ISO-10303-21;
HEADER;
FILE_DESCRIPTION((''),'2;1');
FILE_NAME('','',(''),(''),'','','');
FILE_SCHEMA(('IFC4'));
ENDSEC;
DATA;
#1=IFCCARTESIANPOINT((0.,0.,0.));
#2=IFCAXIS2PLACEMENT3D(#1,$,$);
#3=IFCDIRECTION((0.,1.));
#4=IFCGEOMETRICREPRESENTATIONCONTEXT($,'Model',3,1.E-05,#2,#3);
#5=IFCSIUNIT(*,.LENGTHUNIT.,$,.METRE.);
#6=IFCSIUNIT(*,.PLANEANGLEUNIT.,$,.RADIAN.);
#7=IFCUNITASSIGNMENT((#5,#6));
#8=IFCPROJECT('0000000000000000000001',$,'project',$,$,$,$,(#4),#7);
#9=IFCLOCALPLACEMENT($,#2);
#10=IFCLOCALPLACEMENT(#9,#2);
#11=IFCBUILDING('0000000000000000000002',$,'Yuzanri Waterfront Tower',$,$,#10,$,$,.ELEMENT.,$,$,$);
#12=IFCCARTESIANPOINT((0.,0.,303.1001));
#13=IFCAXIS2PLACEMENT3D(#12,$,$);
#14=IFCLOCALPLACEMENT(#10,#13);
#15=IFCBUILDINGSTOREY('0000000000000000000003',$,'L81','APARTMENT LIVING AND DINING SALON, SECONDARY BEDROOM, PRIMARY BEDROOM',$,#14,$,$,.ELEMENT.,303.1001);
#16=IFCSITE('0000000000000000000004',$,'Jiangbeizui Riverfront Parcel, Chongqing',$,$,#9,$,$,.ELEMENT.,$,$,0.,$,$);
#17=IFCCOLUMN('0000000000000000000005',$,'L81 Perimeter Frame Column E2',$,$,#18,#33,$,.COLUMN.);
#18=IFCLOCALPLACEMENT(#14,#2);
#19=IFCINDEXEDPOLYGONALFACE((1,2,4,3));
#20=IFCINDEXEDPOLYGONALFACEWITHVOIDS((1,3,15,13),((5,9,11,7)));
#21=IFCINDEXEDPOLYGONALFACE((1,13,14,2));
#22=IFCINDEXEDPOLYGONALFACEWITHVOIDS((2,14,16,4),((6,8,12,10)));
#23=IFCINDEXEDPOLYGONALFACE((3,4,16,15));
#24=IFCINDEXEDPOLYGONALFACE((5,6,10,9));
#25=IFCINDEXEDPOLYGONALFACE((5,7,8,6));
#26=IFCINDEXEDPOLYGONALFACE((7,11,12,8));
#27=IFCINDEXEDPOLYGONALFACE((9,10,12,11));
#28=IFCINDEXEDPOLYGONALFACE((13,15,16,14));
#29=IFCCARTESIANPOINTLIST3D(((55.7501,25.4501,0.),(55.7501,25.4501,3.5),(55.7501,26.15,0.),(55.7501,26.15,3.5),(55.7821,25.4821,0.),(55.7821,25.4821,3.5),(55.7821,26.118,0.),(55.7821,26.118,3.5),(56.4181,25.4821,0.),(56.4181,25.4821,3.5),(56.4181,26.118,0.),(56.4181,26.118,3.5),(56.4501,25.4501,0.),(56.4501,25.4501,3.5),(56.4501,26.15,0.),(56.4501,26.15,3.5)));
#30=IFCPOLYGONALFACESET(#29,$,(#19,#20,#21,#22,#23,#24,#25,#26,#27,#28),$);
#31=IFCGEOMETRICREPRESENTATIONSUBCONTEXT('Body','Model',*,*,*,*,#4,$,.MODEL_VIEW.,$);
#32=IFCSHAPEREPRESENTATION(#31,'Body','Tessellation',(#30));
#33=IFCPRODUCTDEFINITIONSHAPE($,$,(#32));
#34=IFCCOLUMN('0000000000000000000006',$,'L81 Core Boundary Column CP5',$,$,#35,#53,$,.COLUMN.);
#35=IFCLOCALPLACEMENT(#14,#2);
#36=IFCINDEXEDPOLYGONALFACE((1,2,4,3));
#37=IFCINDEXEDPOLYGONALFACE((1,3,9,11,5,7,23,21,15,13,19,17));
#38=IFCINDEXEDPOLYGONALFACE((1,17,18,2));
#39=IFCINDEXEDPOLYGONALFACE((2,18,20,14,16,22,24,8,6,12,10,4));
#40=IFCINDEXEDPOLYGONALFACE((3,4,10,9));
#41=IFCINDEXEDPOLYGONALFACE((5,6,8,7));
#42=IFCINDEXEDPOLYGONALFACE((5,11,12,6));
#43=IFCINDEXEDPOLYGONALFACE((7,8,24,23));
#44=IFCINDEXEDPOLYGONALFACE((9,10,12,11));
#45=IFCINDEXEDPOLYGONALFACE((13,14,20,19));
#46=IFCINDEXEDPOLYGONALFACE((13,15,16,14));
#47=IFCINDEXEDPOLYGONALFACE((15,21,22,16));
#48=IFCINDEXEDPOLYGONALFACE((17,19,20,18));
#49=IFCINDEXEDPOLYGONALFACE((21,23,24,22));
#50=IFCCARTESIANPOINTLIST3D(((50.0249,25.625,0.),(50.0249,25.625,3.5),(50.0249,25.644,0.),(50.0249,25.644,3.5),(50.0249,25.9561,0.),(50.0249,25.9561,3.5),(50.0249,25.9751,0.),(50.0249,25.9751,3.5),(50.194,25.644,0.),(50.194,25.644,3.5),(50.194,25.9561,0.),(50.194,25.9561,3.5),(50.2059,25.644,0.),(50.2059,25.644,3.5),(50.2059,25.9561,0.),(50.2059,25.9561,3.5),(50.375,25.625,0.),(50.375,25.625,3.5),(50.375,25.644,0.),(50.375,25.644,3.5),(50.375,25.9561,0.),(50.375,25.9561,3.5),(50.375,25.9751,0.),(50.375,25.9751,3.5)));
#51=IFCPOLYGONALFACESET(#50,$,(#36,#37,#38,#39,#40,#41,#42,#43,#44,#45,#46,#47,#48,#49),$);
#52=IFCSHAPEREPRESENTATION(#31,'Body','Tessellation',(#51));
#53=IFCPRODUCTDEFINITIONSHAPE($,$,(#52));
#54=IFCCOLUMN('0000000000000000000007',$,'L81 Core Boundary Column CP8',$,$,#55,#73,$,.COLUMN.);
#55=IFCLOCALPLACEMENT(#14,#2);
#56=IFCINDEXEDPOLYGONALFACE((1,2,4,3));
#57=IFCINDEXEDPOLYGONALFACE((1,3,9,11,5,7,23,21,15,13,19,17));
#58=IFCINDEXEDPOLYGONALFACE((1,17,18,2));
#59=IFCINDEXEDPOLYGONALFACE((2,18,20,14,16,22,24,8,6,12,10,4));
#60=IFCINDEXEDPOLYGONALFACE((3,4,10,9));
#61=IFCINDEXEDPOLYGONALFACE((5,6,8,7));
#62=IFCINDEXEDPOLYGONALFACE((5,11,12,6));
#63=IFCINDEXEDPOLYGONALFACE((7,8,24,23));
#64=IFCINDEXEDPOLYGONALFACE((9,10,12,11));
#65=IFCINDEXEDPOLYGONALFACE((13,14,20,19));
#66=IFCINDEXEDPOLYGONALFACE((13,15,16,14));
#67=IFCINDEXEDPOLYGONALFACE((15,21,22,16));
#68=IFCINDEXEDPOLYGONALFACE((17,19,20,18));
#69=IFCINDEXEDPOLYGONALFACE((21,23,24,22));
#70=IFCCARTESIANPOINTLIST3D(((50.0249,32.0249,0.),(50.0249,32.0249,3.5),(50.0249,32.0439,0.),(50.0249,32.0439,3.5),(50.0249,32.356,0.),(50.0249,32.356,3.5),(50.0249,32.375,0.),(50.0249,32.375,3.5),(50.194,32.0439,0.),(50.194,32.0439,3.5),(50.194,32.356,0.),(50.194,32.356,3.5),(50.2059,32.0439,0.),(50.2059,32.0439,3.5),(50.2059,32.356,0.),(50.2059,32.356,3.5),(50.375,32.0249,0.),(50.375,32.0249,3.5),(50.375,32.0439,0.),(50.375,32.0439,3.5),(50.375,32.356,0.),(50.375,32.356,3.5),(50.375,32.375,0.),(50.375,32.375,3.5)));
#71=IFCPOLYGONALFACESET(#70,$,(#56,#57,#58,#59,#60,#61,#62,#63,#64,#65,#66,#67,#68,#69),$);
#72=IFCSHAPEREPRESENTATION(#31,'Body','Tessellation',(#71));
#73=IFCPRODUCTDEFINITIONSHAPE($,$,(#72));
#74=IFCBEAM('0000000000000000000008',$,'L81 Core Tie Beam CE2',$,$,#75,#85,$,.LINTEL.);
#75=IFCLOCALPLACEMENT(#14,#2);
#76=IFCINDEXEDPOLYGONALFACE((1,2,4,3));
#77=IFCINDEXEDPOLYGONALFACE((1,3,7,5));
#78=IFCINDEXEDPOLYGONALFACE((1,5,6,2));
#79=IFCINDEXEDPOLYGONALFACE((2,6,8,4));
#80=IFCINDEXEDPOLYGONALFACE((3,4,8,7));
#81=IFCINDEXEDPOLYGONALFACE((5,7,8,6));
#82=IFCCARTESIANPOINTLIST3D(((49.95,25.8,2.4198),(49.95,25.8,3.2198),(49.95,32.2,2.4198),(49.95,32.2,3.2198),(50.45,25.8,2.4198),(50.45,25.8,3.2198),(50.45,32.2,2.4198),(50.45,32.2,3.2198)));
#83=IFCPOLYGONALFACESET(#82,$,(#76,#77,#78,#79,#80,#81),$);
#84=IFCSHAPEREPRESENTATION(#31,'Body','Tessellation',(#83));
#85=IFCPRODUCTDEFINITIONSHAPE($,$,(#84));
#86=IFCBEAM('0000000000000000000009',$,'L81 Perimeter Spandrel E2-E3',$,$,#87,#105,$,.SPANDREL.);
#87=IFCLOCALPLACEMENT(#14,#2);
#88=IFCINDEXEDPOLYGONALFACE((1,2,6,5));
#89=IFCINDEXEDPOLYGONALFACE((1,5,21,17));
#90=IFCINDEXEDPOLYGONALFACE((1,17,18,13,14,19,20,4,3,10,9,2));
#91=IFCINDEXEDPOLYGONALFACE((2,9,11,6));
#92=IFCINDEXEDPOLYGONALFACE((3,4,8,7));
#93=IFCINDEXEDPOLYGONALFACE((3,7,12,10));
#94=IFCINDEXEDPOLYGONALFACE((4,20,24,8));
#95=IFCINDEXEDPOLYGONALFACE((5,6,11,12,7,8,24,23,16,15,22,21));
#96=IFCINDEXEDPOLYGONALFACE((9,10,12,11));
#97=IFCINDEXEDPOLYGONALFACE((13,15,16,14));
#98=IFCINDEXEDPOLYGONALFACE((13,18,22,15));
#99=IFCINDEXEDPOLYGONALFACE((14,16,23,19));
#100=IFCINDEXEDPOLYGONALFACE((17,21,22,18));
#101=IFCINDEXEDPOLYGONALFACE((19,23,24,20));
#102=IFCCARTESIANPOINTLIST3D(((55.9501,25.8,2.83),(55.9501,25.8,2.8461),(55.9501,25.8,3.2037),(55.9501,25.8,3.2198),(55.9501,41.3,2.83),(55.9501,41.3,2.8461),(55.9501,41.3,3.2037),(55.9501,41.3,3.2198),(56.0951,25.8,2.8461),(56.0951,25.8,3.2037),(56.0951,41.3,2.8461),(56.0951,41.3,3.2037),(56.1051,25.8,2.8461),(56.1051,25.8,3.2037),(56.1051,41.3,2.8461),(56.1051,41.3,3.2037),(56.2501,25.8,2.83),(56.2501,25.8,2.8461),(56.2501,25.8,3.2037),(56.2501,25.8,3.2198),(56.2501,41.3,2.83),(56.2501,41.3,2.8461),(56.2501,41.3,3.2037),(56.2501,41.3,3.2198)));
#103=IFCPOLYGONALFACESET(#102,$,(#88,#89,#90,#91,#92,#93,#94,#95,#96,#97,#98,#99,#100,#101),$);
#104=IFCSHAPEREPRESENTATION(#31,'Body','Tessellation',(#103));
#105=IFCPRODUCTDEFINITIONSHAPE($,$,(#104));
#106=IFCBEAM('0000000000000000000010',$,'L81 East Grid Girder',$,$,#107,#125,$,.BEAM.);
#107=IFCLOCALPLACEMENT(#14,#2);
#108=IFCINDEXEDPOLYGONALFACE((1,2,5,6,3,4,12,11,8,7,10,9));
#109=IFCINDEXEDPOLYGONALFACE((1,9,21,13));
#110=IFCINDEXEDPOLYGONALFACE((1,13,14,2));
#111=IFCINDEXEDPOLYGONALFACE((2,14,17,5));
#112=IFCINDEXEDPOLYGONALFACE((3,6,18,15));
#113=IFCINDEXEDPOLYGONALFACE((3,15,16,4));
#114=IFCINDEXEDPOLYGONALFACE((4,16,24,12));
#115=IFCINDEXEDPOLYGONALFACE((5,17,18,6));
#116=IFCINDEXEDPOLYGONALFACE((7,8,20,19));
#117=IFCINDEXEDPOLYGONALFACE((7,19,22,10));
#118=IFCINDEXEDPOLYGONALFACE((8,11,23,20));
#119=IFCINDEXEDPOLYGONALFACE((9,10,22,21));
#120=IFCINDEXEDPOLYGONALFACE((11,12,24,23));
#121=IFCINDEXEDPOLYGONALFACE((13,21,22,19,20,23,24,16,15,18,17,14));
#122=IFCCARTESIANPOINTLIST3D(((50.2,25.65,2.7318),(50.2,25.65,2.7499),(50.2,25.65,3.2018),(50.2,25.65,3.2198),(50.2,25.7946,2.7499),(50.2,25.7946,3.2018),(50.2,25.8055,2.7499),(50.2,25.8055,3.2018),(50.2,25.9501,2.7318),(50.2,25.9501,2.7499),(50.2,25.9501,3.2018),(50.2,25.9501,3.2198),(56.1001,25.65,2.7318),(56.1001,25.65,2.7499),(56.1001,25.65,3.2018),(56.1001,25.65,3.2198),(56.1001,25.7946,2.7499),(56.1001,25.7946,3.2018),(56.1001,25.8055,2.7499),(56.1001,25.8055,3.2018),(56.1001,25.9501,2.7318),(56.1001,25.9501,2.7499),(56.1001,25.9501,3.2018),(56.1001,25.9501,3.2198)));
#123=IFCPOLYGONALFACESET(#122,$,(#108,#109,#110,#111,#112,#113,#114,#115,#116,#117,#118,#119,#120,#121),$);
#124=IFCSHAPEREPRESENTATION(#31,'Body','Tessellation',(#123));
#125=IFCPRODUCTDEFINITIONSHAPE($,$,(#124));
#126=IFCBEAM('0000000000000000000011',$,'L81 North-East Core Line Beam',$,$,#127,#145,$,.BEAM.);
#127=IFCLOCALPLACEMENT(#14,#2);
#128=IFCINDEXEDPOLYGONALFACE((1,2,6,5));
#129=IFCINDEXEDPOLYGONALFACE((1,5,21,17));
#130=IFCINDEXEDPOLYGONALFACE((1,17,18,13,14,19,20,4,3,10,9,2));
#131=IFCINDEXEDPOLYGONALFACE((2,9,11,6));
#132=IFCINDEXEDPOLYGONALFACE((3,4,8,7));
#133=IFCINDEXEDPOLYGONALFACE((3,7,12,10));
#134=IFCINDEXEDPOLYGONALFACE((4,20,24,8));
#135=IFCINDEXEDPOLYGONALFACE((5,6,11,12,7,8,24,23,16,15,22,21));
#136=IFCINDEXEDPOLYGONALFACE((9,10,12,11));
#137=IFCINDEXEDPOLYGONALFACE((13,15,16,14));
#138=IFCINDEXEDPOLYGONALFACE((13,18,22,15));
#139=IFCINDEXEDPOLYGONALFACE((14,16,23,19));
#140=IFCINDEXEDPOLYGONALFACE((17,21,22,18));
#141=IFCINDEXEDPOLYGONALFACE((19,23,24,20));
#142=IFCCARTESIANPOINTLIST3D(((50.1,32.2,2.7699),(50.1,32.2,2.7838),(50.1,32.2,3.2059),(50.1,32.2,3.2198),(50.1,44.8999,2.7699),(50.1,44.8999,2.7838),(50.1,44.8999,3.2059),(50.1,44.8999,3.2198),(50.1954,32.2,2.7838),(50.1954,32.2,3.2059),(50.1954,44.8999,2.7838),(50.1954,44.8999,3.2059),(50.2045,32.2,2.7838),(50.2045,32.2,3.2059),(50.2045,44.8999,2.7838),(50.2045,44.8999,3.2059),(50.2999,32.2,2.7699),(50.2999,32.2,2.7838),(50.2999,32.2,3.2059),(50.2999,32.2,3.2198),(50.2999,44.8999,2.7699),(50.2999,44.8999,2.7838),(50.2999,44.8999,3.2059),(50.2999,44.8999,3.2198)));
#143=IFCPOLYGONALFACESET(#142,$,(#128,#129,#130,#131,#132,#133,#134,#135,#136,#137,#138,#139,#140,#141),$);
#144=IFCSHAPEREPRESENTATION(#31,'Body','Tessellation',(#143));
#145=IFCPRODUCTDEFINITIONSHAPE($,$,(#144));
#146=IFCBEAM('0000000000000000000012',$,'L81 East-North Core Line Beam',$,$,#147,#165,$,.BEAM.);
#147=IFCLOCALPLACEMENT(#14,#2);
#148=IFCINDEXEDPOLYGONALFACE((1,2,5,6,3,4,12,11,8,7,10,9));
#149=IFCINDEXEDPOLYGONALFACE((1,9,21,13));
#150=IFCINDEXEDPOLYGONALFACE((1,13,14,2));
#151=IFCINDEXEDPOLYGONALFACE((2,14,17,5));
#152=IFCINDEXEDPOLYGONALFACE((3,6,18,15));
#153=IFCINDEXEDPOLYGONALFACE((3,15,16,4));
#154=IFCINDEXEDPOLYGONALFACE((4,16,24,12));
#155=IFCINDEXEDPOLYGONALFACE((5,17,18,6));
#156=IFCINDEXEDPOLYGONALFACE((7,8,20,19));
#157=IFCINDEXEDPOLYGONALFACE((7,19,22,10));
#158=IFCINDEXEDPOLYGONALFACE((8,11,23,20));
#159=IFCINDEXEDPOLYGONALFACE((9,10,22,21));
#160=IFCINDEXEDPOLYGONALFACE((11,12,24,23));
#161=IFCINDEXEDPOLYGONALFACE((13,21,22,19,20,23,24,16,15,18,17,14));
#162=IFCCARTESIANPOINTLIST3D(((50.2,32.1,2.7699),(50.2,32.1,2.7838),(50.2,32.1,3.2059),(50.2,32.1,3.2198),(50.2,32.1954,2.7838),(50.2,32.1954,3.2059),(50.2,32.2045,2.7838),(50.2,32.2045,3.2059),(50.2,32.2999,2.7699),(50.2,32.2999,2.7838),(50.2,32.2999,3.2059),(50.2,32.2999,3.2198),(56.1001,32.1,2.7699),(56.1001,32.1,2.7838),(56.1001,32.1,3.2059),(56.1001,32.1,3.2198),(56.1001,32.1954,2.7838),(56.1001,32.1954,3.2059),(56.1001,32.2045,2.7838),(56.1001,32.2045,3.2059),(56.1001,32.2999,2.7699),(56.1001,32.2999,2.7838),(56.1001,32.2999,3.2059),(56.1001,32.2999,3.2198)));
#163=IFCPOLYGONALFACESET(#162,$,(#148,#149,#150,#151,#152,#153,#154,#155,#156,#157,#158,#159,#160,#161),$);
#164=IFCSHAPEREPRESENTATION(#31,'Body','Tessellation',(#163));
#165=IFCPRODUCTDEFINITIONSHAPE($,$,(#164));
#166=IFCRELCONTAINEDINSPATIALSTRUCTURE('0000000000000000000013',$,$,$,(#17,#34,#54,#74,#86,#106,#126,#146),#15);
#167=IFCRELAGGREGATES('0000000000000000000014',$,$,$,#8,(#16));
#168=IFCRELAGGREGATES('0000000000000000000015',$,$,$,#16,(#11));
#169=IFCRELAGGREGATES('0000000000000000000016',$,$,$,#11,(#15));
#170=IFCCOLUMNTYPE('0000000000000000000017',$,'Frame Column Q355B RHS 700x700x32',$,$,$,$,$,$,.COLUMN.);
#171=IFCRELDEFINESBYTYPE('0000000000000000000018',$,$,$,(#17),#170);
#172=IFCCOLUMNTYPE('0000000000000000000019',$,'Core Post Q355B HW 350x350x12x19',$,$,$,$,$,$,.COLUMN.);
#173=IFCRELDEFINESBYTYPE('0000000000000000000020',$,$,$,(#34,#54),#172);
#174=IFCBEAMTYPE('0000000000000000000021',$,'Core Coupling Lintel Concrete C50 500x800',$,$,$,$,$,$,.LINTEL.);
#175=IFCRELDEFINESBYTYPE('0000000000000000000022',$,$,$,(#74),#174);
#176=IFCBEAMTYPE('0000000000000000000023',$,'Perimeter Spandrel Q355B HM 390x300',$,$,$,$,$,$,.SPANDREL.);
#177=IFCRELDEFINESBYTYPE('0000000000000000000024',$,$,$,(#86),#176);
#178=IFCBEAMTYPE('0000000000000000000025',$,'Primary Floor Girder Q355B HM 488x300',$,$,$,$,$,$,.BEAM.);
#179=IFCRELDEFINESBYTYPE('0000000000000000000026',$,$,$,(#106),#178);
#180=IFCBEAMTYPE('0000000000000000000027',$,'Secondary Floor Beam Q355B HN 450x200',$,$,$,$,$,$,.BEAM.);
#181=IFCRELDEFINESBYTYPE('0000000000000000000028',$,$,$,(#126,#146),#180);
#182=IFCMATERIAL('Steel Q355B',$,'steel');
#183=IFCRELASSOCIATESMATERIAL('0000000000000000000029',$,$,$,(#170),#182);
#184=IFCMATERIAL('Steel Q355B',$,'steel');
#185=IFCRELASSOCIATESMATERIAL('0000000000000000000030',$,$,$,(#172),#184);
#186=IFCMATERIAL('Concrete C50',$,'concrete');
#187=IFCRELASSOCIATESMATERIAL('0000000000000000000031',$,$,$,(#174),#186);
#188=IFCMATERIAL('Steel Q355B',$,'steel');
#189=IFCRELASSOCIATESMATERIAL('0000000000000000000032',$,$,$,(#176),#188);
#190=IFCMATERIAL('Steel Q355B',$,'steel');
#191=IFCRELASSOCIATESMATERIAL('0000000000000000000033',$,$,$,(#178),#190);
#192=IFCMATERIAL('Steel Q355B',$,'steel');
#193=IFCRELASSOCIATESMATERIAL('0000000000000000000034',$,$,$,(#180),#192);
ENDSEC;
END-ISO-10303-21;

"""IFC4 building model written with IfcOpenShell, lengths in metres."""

from ifc_helpers import new_model, si_unit, direction, frame, origin, origin_2d, place, context, subcontext, project, spatial, rectangle, hollow_rectangle, i_section, extrude, source, transform, mapped, material, material_profile, profile_set, type_object, element, save


model = new_model("IFC4")

# Units and contexts
model_context = context("Model", 3, precision=1e-05, world=origin(), true_north=direction((0.0, 1.0)))
body_context = subcontext(model_context, "Body", "Model", "MODEL_VIEW")
ifc_project = project(units=[si_unit("LENGTHUNIT", "METRE"), si_unit("PLANEANGLEUNIT", "RADIAN")], contexts=[model_context])

# Site, building, storey
site_placement = place(None, origin())
site = spatial("IfcSite", under=ifc_project, at=site_placement, Name="Jiangbeizui Riverfront Parcel, Chongqing", CompositionType="ELEMENT", RefElevation=0.0)
building_placement = place(site_placement, origin())
building = spatial("IfcBuilding", under=site, at=building_placement, Name="Yuzanri Waterfront Tower", CompositionType="ELEMENT")
storey_placement = place(building_placement, frame((0.0, 0.0, 303.1001)))
storey = spatial("IfcBuildingStorey", under=building, at=storey_placement, Name="L81", Description="APARTMENT LIVING AND DINING SALON, SECONDARY BEDROOM, PRIMARY BEDROOM", CompositionType="ELEMENT", Elevation=303.1001)

# Columns
ifc_material_1 = material(Name="Steel Q355B", Category="steel")
ifc_material_profile_1 = material_profile(ifc_material_1, hollow_rectangle(XDim=0.7, YDim=0.7, WallThickness=0.032, at=origin_2d()), Name="RHS 700x700x32")
ifc_profile_set_1 = profile_set([ifc_material_profile_1], Name="Steel Q355B")
column_type_1 = type_object("IfcColumnType", Name="Frame Column Q355B RHS 700x700x32", PredefinedType="COLUMN", material=ifc_profile_set_1)
shared_shape_1 = source(origin(), body_context, "Body", "SweptSolid", [
    extrude(hollow_rectangle(XDim=0.7, YDim=0.7, WallThickness=0.032, at=origin_2d()), origin(), (0.0, 0.0, 1.0), 3.5),
])
column_placement = place(storey_placement, frame((56.1001, 25.8, 0.0), z_axis=(0.0, 0.0, 1.0), x_axis=(1.0, 0.0, 0.0)))
element("IfcColumn", 1, at=column_placement, inside=storey, type_object=column_type_1, Name="L81 Perimeter Frame Column E2", PredefinedType="COLUMN", context=body_context, shape_type="MappedRepresentation", body=[
    mapped(shared_shape_1, transform((0.0, 0.0, 0.0), scale=1.0)),
])
ifc_material_2 = material(Name="Steel Q355B", Category="steel")
ifc_material_profile_2 = material_profile(ifc_material_2, i_section(OverallWidth=0.3501, OverallDepth=0.3501, WebThickness=0.012, FlangeThickness=0.019, at=origin_2d()), Name="HW 350x350x12x19")
ifc_profile_set_2 = profile_set([ifc_material_profile_2], Name="Steel Q355B")
column_type_2 = type_object("IfcColumnType", Name="Core Post Q355B HW 350x350x12x19", PredefinedType="COLUMN", material=ifc_profile_set_2)
shared_shape_2 = source(origin(), body_context, "Body", "SweptSolid", [
    extrude(i_section(OverallWidth=0.3501, OverallDepth=0.3501, WebThickness=0.012, FlangeThickness=0.019, at=origin_2d()), origin(), (0.0, 0.0, 1.0), 3.5),
])
for number, where, z_axis, x_axis, name in (
    (2, (50.2, 25.8, 0.0), (0.0, 0.0, 1.0), (1.0, 0.0, 0.0), "L81 Core Boundary Column CP5"),
    (3, (50.2, 32.2, 0.0), (0.0, 0.0, 1.0), (1.0, 0.0, 0.0), "L81 Core Boundary Column CP8"),
):
    element("IfcColumn", number, at=place(storey_placement, frame(where, z_axis=z_axis, x_axis=x_axis)), inside=storey, type_object=column_type_2, Name=name, PredefinedType="COLUMN", context=body_context, shape_type="MappedRepresentation", body=[
        mapped(shared_shape_2, transform((0.0, 0.0, 0.0), scale=1.0)),
    ])

# Beams
ifc_material_3 = material(Name="Concrete C50", Category="concrete")
ifc_material_profile_3 = material_profile(ifc_material_3, rectangle(XDim=0.5, YDim=0.8, at=origin_2d()), Name="RC 500x800")
ifc_profile_set_3 = profile_set([ifc_material_profile_3], Name="Concrete C50")
beam_type_1 = type_object("IfcBeamType", Name="Core Coupling Lintel Concrete C50 500x800", PredefinedType="LINTEL", material=ifc_profile_set_3)
shared_shape_3 = source(origin(), body_context, "Body", "SweptSolid", [
    extrude(rectangle(XDim=0.5, YDim=0.8, at=origin_2d()), origin(), (0.0, 0.0, 1.0), 6.3999),
])
beam_1_placement = place(storey_placement, frame((50.2, 25.8, 2.8198), z_axis=(0.0, 1.0, 0.0), x_axis=(-1.0, 0.0, 0.0)))
element("IfcBeam", 4, at=beam_1_placement, inside=storey, type_object=beam_type_1, Name="L81 Core Tie Beam CE2", PredefinedType="LINTEL", context=body_context, shape_type="MappedRepresentation", body=[
    mapped(shared_shape_3, transform((0.0, 0.0, 0.0), scale=1.0)),
])
ifc_material_4 = material(Name="Steel Q355B", Category="steel")
ifc_material_profile_4 = material_profile(ifc_material_4, i_section(OverallWidth=0.3, OverallDepth=0.3899, WebThickness=0.01, FlangeThickness=0.0161, at=origin_2d()), Name="HM 390x300x10x16")
ifc_profile_set_4 = profile_set([ifc_material_profile_4], Name="Steel Q355B")
beam_type_2 = type_object("IfcBeamType", Name="Perimeter Spandrel Q355B HM 390x300", PredefinedType="SPANDREL", material=ifc_profile_set_4)
shared_shape_4 = source(origin(), body_context, "Body", "SweptSolid", [
    extrude(i_section(OverallWidth=0.3, OverallDepth=0.3899, WebThickness=0.01, FlangeThickness=0.0161, at=origin_2d()), origin(), (0.0, 0.0, 1.0), 15.5),
])
beam_2_placement = place(storey_placement, frame((56.1001, 25.8, 3.0249), z_axis=(0.0, 1.0, 0.0), x_axis=(-1.0, 0.0, 0.0)))
element("IfcBeam", 5, at=beam_2_placement, inside=storey, type_object=beam_type_2, Name="L81 Perimeter Spandrel E2-E3", PredefinedType="SPANDREL", context=body_context, shape_type="MappedRepresentation", body=[
    mapped(shared_shape_4, transform((0.0, 0.0, 0.0), scale=1.0)),
])
ifc_material_5 = material(Name="Steel Q355B", Category="steel")
ifc_material_profile_5 = material_profile(ifc_material_5, i_section(OverallWidth=0.3, OverallDepth=0.488, WebThickness=0.011, FlangeThickness=0.0181, at=origin_2d()), Name="HM 488x300x11x18")
ifc_profile_set_5 = profile_set([ifc_material_profile_5], Name="Steel Q355B")
beam_type_3 = type_object("IfcBeamType", Name="Primary Floor Girder Q355B HM 488x300", PredefinedType="BEAM", material=ifc_profile_set_5)
shared_shape_5 = source(origin(), body_context, "Body", "SweptSolid", [
    extrude(i_section(OverallWidth=0.3, OverallDepth=0.488, WebThickness=0.011, FlangeThickness=0.0181, at=origin_2d()), origin(), (0.0, 0.0, 1.0), 5.9001),
])
beam_3_placement = place(storey_placement, frame((50.2, 25.8, 2.9758), z_axis=(1.0, 0.0, 0.0), x_axis=(0.0, 1.0, 0.0)))
element("IfcBeam", 6, at=beam_3_placement, inside=storey, type_object=beam_type_3, Name="L81 East Grid Girder", PredefinedType="BEAM", context=body_context, shape_type="MappedRepresentation", body=[
    mapped(shared_shape_5, transform((0.0, 0.0, 0.0), scale=1.0)),
])
ifc_material_6 = material(Name="Steel Q355B", Category="steel")
ifc_material_profile_6 = material_profile(ifc_material_6, i_section(OverallWidth=0.2, OverallDepth=0.45, WebThickness=0.009, FlangeThickness=0.0139, at=origin_2d()), Name="HN 450x200x9x14")
ifc_profile_set_6 = profile_set([ifc_material_profile_6], Name="Steel Q355B")
beam_type_4 = type_object("IfcBeamType", Name="Secondary Floor Beam Q355B HN 450x200", PredefinedType="BEAM", material=ifc_profile_set_6)
shared_shape_6 = source(origin(), body_context, "Body", "SweptSolid", [
    extrude(i_section(OverallWidth=0.2, OverallDepth=0.45, WebThickness=0.009, FlangeThickness=0.0139, at=origin_2d()), origin(), (0.0, 0.0, 1.0), 12.7),
])
beam_4_placement = place(storey_placement, frame((50.2, 32.2, 2.9949), z_axis=(0.0, 1.0, 0.0), x_axis=(-1.0, 0.0, 0.0)))
element("IfcBeam", 7, at=beam_4_placement, inside=storey, type_object=beam_type_4, Name="L81 North-East Core Line Beam", PredefinedType="BEAM", context=body_context, shape_type="MappedRepresentation", body=[
    mapped(shared_shape_6, transform((0.0, 0.0, 0.0), scale=1.0)),
])
shared_shape_7 = source(origin(), body_context, "Body", "SweptSolid", [
    extrude(i_section(OverallWidth=0.2, OverallDepth=0.45, WebThickness=0.009, FlangeThickness=0.0139, at=origin_2d()), origin(), (0.0, 0.0, 1.0), 5.9001),
])
beam_5_placement = place(storey_placement, frame((50.2, 32.2, 2.9949), z_axis=(1.0, 0.0, 0.0), x_axis=(0.0, 1.0, 0.0)))
element("IfcBeam", 8, at=beam_5_placement, inside=storey, type_object=beam_type_4, Name="L81 East-North Core Line Beam", PredefinedType="BEAM", context=body_context, shape_type="MappedRepresentation", body=[
    mapped(shared_shape_7, transform((0.0, 0.0, 0.0), scale=1.0)),
])

save(model, "model.ifc")
